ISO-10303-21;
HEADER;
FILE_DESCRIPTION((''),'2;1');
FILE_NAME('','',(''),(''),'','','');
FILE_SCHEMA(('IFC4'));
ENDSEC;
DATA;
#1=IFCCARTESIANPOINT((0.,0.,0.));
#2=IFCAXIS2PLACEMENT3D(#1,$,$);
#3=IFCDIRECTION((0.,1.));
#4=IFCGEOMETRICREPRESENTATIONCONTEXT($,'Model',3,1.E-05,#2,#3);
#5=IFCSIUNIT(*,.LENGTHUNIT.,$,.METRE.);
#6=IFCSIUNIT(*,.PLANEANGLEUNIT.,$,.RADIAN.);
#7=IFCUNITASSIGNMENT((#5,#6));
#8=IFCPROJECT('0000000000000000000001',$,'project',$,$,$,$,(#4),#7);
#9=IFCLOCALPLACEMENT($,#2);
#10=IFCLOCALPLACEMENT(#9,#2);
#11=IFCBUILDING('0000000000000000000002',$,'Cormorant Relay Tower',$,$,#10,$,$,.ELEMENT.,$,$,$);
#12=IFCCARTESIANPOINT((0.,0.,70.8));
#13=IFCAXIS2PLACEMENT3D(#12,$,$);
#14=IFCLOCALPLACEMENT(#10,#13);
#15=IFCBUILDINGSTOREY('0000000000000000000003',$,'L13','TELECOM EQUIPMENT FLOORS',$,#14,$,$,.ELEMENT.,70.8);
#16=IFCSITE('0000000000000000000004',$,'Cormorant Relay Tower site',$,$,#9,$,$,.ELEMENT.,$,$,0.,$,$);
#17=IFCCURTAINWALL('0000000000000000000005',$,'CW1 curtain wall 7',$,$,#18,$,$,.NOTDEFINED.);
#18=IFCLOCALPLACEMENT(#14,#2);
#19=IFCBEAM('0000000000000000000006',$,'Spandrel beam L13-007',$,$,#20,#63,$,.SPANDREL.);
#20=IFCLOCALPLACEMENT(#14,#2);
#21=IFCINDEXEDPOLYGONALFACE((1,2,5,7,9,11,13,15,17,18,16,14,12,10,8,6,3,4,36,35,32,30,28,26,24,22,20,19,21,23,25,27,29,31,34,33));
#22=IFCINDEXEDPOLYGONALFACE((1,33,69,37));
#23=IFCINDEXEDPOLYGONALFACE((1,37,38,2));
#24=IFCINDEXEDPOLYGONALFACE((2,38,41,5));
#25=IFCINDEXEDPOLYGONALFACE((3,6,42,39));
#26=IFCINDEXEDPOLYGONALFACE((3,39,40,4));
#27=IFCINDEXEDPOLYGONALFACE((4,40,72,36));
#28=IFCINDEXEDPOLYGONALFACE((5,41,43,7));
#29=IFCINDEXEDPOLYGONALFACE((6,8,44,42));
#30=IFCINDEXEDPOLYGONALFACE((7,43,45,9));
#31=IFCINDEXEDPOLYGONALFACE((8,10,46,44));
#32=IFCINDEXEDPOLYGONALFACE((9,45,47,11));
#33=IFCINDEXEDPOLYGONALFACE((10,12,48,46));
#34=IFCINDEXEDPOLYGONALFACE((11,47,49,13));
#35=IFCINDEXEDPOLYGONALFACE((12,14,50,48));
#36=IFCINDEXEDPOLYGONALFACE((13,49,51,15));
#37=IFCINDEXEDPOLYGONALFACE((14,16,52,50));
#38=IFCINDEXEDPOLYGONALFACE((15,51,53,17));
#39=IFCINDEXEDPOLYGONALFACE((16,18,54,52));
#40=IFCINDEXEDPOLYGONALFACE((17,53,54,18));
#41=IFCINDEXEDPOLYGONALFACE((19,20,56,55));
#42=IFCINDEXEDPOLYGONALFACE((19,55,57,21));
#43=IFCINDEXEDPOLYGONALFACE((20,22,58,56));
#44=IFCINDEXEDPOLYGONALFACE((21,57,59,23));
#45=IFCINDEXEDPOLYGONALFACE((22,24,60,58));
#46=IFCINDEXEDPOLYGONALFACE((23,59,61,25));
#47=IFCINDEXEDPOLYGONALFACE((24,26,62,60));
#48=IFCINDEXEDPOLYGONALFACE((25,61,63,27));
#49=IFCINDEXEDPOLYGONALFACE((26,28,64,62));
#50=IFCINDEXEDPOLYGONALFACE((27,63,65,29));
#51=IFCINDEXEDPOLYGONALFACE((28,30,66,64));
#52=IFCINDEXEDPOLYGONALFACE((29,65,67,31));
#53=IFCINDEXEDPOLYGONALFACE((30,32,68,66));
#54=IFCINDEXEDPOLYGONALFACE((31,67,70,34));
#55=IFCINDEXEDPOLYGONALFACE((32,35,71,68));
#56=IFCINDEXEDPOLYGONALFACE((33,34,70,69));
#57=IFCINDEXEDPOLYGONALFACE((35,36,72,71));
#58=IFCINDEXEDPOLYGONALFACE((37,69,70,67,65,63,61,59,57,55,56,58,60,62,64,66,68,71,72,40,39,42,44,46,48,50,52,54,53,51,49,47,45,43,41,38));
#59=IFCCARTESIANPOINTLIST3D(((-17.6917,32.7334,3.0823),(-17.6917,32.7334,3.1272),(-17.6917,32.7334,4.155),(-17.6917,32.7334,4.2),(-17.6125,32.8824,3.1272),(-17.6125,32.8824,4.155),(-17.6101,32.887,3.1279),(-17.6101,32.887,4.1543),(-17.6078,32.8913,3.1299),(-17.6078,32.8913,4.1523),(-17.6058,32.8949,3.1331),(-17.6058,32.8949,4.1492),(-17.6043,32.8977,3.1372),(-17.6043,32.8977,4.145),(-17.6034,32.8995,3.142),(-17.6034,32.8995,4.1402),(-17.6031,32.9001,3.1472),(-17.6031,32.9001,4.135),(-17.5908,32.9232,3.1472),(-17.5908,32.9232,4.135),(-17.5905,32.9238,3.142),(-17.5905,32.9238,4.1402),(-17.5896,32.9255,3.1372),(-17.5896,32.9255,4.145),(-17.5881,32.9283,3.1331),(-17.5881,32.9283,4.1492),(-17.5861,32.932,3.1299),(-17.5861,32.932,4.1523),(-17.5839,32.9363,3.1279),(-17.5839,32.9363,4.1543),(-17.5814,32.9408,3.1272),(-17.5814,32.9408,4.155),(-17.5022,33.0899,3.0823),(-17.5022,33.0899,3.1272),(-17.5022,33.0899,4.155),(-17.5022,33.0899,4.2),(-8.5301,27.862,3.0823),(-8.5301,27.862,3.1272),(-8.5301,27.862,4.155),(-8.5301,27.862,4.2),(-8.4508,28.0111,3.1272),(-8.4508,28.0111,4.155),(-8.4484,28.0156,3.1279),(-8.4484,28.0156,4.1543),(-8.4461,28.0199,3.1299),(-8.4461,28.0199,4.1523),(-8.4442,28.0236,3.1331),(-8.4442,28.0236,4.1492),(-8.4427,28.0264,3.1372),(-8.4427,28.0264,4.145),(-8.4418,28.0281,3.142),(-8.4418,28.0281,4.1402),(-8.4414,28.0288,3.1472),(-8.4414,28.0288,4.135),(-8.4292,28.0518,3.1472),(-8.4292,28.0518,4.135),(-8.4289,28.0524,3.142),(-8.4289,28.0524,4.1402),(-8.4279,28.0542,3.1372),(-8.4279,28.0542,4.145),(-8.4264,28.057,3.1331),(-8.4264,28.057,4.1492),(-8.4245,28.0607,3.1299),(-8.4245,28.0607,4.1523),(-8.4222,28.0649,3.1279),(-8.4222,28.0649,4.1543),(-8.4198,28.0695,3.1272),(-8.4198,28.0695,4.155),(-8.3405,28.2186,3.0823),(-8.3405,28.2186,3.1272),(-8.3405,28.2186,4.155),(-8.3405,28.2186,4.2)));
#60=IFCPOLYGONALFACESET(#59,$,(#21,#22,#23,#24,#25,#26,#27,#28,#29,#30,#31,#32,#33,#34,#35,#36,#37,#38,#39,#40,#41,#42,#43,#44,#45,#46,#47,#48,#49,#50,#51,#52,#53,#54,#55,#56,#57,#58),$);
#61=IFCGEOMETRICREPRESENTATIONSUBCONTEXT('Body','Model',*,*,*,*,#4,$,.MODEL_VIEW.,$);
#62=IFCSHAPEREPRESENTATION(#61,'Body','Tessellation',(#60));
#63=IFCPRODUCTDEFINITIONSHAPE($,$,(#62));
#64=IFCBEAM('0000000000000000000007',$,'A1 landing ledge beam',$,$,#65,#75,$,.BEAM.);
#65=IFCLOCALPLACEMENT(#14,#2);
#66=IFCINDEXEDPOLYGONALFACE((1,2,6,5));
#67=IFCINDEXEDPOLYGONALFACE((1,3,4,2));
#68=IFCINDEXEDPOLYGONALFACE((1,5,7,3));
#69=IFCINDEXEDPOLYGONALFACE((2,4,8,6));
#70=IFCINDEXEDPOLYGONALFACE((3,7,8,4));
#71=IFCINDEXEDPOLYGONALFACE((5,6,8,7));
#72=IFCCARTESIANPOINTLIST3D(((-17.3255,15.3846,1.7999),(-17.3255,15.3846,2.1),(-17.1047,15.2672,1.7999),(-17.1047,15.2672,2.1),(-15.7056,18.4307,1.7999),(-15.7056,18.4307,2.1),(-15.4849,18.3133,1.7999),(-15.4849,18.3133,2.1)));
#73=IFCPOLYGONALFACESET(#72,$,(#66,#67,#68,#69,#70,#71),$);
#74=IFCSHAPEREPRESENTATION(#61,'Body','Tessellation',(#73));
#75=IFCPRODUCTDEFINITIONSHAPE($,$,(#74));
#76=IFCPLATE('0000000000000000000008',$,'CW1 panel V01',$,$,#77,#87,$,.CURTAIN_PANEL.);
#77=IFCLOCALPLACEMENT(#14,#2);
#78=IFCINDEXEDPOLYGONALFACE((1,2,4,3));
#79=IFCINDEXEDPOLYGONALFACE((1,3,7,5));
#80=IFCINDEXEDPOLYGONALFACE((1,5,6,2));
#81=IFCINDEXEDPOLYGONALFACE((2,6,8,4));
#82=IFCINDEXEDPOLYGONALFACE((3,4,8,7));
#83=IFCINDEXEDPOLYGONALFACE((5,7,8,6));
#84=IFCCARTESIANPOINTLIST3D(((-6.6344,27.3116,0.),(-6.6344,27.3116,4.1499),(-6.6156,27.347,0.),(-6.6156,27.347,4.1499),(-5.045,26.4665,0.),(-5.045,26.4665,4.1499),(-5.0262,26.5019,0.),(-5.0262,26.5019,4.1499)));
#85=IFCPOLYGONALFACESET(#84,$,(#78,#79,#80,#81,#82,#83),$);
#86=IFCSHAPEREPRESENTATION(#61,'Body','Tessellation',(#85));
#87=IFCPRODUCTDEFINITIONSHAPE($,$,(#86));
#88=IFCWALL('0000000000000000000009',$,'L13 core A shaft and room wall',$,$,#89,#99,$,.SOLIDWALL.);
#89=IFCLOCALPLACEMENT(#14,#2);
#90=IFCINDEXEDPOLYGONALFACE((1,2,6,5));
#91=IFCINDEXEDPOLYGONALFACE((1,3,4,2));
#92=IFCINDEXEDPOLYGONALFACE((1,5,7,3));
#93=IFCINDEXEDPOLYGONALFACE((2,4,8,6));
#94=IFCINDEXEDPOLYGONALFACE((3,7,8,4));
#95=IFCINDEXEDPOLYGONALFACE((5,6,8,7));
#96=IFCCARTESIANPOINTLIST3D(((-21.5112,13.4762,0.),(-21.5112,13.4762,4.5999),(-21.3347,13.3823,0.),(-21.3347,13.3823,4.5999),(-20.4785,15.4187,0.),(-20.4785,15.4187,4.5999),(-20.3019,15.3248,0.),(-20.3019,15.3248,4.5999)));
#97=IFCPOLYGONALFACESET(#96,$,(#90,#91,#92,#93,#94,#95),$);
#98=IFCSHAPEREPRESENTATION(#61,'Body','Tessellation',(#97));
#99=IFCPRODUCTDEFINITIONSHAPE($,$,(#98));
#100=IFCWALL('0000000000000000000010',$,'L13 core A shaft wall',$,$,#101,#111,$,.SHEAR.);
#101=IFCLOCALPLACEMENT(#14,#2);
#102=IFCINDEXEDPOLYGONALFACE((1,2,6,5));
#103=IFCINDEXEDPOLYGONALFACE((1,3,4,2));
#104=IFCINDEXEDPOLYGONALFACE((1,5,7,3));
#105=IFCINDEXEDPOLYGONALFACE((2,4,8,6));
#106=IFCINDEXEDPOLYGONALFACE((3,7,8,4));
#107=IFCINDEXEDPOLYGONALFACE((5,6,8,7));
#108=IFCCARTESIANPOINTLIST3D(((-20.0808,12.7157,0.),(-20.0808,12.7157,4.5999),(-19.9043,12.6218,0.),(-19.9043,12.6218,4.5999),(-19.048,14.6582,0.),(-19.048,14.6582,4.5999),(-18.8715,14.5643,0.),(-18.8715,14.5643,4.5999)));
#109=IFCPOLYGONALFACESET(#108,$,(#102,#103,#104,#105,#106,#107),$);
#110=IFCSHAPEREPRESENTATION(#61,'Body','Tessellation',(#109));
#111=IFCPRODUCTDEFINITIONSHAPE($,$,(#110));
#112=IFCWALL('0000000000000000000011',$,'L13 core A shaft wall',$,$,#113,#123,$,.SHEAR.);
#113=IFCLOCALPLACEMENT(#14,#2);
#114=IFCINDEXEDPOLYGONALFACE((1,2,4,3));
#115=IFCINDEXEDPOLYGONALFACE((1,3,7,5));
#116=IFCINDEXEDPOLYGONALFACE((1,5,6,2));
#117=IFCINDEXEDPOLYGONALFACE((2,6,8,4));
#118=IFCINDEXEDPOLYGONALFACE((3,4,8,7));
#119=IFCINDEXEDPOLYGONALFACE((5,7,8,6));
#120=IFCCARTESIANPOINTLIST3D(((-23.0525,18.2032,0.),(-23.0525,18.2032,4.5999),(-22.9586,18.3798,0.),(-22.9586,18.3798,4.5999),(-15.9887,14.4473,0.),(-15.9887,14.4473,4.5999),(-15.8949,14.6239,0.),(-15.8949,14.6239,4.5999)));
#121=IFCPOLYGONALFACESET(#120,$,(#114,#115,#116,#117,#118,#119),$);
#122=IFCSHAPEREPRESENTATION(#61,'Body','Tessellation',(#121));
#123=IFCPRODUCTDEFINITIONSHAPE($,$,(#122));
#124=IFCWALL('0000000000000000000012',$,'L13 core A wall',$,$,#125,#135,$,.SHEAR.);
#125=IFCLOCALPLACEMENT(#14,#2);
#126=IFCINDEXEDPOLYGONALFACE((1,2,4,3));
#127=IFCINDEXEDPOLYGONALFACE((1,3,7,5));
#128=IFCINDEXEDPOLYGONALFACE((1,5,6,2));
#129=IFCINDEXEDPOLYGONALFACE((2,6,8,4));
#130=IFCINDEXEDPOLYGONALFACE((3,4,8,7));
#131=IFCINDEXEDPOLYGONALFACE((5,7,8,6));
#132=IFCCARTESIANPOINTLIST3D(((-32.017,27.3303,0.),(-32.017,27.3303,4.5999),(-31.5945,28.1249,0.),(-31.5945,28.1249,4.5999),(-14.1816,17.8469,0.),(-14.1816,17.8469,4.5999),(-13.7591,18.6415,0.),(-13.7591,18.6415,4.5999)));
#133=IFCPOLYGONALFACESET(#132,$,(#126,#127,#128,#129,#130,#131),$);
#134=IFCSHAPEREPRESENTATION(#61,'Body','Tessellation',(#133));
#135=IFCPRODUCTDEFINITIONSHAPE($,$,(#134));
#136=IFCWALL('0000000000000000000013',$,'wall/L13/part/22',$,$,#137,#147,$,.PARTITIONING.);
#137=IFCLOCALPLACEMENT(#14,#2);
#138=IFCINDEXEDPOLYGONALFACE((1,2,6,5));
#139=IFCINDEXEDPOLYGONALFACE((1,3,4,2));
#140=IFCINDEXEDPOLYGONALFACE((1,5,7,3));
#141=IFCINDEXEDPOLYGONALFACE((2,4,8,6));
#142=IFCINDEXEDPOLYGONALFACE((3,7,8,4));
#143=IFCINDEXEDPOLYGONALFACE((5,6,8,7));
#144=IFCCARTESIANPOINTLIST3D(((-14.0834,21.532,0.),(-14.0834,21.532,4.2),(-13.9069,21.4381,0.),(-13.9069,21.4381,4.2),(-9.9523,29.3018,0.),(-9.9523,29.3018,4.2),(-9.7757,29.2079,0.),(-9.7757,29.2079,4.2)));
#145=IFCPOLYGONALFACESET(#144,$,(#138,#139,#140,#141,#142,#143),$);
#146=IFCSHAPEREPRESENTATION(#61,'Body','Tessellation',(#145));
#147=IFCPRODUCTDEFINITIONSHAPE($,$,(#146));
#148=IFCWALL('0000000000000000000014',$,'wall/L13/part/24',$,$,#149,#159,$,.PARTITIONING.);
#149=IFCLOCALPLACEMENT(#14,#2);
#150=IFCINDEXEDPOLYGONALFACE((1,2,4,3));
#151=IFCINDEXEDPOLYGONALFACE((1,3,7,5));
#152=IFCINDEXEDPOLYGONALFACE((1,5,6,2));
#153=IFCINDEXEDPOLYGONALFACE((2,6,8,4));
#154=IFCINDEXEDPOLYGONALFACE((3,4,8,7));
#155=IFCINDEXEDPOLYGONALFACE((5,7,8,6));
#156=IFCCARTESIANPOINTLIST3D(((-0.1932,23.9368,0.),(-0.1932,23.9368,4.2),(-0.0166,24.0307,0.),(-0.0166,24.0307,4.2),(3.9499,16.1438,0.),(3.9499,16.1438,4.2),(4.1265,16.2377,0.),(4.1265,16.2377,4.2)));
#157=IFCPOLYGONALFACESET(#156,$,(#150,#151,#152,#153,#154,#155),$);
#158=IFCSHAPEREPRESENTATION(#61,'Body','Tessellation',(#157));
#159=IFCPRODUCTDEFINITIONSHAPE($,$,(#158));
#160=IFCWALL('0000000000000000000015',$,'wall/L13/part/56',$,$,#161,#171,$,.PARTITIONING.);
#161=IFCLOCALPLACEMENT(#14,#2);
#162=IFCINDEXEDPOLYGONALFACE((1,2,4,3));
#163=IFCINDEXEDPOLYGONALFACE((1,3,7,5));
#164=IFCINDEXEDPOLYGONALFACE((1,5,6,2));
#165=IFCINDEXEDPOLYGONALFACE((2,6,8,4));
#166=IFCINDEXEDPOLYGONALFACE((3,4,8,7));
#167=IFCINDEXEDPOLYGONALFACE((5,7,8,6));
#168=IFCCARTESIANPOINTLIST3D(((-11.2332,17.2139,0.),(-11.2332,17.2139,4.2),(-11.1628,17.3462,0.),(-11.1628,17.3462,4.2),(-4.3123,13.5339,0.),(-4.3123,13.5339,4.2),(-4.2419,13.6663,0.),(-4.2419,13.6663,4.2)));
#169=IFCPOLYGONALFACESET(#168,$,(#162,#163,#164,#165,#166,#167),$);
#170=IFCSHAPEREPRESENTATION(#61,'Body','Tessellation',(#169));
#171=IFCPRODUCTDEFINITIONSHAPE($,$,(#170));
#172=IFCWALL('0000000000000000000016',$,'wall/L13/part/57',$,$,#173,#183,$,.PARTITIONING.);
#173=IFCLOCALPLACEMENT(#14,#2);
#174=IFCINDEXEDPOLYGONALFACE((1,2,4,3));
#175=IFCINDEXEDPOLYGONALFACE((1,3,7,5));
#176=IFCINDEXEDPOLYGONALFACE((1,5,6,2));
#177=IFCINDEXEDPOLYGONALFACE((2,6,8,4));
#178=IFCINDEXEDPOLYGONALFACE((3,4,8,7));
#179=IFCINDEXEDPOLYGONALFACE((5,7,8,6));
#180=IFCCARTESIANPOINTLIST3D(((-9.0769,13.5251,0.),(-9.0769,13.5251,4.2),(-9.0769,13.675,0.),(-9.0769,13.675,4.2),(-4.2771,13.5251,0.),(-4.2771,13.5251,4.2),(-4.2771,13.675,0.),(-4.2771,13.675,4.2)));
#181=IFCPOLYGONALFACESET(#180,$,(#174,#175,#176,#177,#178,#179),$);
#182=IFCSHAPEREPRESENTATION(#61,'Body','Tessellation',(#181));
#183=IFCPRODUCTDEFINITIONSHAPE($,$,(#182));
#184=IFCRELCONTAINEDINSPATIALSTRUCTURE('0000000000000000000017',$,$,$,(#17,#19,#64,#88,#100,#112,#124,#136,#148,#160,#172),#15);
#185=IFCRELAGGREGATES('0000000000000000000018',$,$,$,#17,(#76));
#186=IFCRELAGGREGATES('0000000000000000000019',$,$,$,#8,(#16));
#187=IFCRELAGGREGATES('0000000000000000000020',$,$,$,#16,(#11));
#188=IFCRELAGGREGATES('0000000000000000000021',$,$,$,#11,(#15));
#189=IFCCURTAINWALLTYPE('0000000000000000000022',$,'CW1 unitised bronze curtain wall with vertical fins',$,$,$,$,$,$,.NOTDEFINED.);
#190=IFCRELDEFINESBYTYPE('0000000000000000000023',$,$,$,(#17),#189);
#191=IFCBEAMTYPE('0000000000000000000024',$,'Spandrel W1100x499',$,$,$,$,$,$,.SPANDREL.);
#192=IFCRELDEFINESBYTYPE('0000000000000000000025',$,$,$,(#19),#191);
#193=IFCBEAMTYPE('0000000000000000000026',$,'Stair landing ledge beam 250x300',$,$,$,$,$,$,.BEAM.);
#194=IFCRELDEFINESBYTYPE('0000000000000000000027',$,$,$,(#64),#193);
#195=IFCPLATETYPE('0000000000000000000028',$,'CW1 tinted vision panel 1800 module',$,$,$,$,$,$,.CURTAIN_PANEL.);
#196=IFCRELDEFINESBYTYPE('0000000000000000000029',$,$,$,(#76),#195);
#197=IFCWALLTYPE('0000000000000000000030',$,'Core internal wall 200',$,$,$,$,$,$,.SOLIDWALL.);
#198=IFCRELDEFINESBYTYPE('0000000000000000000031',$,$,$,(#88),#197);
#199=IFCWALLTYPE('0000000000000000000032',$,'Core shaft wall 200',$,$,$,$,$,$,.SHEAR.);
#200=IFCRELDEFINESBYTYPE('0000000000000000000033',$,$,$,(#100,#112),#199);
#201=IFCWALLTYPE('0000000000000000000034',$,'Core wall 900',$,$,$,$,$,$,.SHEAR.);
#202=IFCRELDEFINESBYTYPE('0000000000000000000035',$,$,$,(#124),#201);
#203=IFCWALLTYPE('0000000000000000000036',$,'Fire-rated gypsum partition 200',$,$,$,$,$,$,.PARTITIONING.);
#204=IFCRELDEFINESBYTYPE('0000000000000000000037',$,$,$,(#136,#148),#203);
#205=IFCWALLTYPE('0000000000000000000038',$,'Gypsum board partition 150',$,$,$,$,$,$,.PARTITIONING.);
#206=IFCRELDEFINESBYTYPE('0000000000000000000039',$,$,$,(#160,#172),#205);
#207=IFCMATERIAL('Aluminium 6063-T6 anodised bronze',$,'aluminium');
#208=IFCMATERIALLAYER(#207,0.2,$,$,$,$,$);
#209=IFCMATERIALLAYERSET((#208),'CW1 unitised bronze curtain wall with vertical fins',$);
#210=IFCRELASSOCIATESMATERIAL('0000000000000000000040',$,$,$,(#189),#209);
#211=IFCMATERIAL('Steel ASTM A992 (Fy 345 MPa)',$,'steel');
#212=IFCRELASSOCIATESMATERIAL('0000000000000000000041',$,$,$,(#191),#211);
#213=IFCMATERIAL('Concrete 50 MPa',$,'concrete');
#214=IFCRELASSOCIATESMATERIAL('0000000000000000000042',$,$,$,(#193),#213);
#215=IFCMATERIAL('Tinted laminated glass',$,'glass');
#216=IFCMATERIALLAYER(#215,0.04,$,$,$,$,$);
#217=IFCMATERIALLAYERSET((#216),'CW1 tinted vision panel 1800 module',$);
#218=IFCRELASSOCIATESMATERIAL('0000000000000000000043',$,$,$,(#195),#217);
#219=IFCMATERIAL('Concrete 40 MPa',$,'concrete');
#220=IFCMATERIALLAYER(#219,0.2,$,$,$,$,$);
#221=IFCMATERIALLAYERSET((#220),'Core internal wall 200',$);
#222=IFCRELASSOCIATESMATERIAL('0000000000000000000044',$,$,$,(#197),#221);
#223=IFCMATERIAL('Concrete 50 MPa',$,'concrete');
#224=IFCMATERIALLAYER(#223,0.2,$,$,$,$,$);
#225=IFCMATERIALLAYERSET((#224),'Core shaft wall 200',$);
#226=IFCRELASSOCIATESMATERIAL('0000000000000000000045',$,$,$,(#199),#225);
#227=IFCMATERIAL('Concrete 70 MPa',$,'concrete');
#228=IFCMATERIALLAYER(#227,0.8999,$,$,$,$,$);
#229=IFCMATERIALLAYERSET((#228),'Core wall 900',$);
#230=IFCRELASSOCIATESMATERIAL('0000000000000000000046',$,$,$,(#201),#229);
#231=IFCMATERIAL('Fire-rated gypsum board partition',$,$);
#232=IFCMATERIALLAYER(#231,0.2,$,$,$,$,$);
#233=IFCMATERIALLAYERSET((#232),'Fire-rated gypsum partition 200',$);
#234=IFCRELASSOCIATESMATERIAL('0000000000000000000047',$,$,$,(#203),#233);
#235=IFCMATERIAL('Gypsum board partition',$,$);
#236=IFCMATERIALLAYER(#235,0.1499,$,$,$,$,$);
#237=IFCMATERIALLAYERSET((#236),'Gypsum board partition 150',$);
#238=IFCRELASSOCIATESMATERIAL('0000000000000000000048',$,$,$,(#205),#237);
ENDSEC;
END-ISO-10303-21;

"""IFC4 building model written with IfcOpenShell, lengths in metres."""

from ifc_helpers import new_model, si_unit, direction, frame, frame_2d, origin, origin_2d, place, context, subcontext, project, spatial, rectangle, i_section, extrude, material, layer, layer_set, material_profile, profile_set, type_object, element, aggregate, save


model = new_model("IFC4")

# Units and contexts
model_context = context("Model", 3, precision=1e-05, world=origin(), true_north=direction((0.0, 1.0)))
body_context = subcontext(model_context, "Body", "Model", "MODEL_VIEW")
ifc_project = project(units=[si_unit("LENGTHUNIT", "METRE"), si_unit("PLANEANGLEUNIT", "RADIAN")], contexts=[model_context])

# Site, building, storey
site_placement = place(None, origin())
site = spatial("IfcSite", under=ifc_project, at=site_placement, Name="Cormorant Relay Tower site", CompositionType="ELEMENT", RefElevation=0.0)
building_placement = place(site_placement, origin())
building = spatial("IfcBuilding", under=site, at=building_placement, Name="Cormorant Relay Tower", CompositionType="ELEMENT")
storey_placement = place(building_placement, frame((0.0, 0.0, 70.8)))
storey = spatial("IfcBuildingStorey", under=building, at=storey_placement, Name="L13", Description="TELECOM EQUIPMENT FLOORS", CompositionType="ELEMENT", Elevation=70.8)

# Curtain wall
ifc_material_1 = material(Name="Aluminium 6063-T6 anodised bronze", Category="aluminium")
ifc_layer_1 = layer(ifc_material_1, 0.2)
ifc_layer_set_1 = layer_set([ifc_layer_1], Name="CW1 unitised bronze curtain wall with vertical fins")
curtain_wall_type = type_object("IfcCurtainWallType", Name="CW1 unitised bronze curtain wall with vertical fins", PredefinedType="NOTDEFINED", material=ifc_layer_set_1)
curtain_wall_placement = place(storey_placement, origin())
curtain_wall = element("IfcCurtainWall", 1, at=curtain_wall_placement, inside=storey, type_object=curtain_wall_type, Name="CW1 curtain wall 7", PredefinedType="NOTDEFINED")

# Beams
ifc_material_2 = material(Name="Steel ASTM A992 (Fy 345 MPa)", Category="steel")
ifc_material_profile_1 = material_profile(ifc_material_2, i_section(OverallWidth=0.4038, OverallDepth=1.1177, WebThickness=0.0261, FlangeThickness=0.0449, FilletRadius=0.02, at=origin_2d()), Name="W1100x499")
ifc_profile_set_1 = profile_set([ifc_material_profile_1], Name="Steel ASTM A992 (Fy 345 MPa)")
beam_type_1 = type_object("IfcBeamType", Name="Spandrel W1100x499", PredefinedType="SPANDREL", material=ifc_profile_set_1)
beam_1_placement = place(storey_placement, frame((-8.4353, 28.0403, 3.6411), z_axis=(-0.882947, 0.469473, 0.0), x_axis=(-0.469473, -0.882947, 0.0)))
element("IfcBeam", 2, at=beam_1_placement, inside=storey, type_object=beam_type_1, Name="Spandrel beam L13-007", PredefinedType="SPANDREL", context=body_context, shape_type="SweptSolid", body=[
    extrude(i_section(OverallWidth=0.4038, OverallDepth=1.1177, WebThickness=0.0261, FlangeThickness=0.0449, FilletRadius=0.02, at=origin_2d()), origin(), (0.0, 0.0, 1.0), 10.3762),
])
ifc_material_3 = material(Name="Concrete 50 MPa", Category="concrete")
ifc_material_profile_2 = material_profile(ifc_material_3, rectangle(XDim=0.25, YDim=0.3, at=origin_2d()), Name="RC 250x300")
ifc_profile_set_2 = profile_set([ifc_material_profile_2], Name="Concrete 50 MPa")
beam_type_2 = type_object("IfcBeamType", Name="Stair landing ledge beam 250x300", PredefinedType="BEAM", material=ifc_profile_set_2)
beam_2_placement = place(storey_placement, frame((-17.2151, 15.3259, 1.95), z_axis=(0.469519, 0.882922, 0.0), x_axis=(-0.882922, 0.469519, 0.0)))
element("IfcBeam", 3, at=beam_2_placement, inside=storey, type_object=beam_type_2, Name="A1 landing ledge beam", PredefinedType="BEAM", context=body_context, shape_type="SweptSolid", body=[
    extrude(rectangle(XDim=0.25, YDim=0.3, at=origin_2d()), origin(), (0.0, 0.0, 1.0), 3.45),
])

# Plate
ifc_material_4 = material(Name="Tinted laminated glass", Category="glass")
ifc_layer_2 = layer(ifc_material_4, 0.04)
ifc_layer_set_2 = layer_set([ifc_layer_2], Name="CW1 tinted vision panel 1800 module")
plate_type = type_object("IfcPlateType", Name="CW1 tinted vision panel 1800 module", PredefinedType="CURTAIN_PANEL", material=ifc_layer_set_2)
plate_placement = place(storey_placement, frame((-5.8303, 26.9067, 0.0), z_axis=(0.0, 0.0, 1.0), x_axis=(-0.882948, 0.469472, 0.0)))
plate = element("IfcPlate", 4, at=plate_placement, type_object=plate_type, Name="CW1 panel V01", PredefinedType="CURTAIN_PANEL", context=body_context, shape_type="SweptSolid", body=[
    extrude(rectangle(XDim=1.8, YDim=0.04, at=origin_2d()), origin(), (0.0, 0.0, 1.0), 4.1499),
])

# Walls
ifc_material_5 = material(Name="Concrete 40 MPa", Category="concrete")
ifc_layer_3 = layer(ifc_material_5, 0.2)
ifc_layer_set_3 = layer_set([ifc_layer_3], Name="Core internal wall 200")
wall_type_1 = type_object("IfcWallType", Name="Core internal wall 200", PredefinedType="SOLIDWALL", material=ifc_layer_set_3)
wall_1_placement = place(storey_placement, frame((-20.3901, 15.3718, 0.0), z_axis=(0.0, 0.0, 1.0), x_axis=(-0.469447, -0.88296, 0.0)))
element("IfcWall", 5, at=wall_1_placement, inside=storey, type_object=wall_type_1, Name="L13 core A shaft and room wall", PredefinedType="SOLIDWALL", context=body_context, shape_type="SweptSolid", body=[
    extrude(rectangle(XDim=2.2, YDim=0.2, at=frame_2d((1.1001, 0.0))), origin(), (0.0, 0.0, 1.0), 4.5999),
])
ifc_material_6 = material(Name="Concrete 50 MPa", Category="concrete")
ifc_layer_4 = layer(ifc_material_6, 0.2)
ifc_layer_set_4 = layer_set([ifc_layer_4], Name="Core shaft wall 200")
wall_type_2 = type_object("IfcWallType", Name="Core shaft wall 200", PredefinedType="SHEAR", material=ifc_layer_set_4)
wall_2_placement = place(storey_placement, frame((-18.9597, 14.6113, 0.0), z_axis=(0.0, 0.0, 1.0), x_axis=(-0.469447, -0.88296, 0.0)))
element("IfcWall", 6, at=wall_2_placement, inside=storey, type_object=wall_type_2, Name="L13 core A shaft wall", PredefinedType="SHEAR", context=body_context, shape_type="SweptSolid", body=[
    extrude(rectangle(XDim=2.2, YDim=0.2, at=frame_2d((1.1001, 0.0))), origin(), (0.0, 0.0, 1.0), 4.5999),
])
wall_3_placement = place(storey_placement, frame((-15.9419, 14.5356, 0.0), z_axis=(0.0, 0.0, 1.0), x_axis=(-0.882947, 0.469473, 0.0)))
element("IfcWall", 7, at=wall_3_placement, inside=storey, type_object=wall_type_2, Name="L13 core A shaft wall", PredefinedType="SHEAR", context=body_context, shape_type="SweptSolid", body=[
    extrude(rectangle(XDim=8.0002, YDim=0.2, at=frame_2d((4.0, 0.0))), origin(), (0.0, 0.0, 1.0), 4.5999),
])

# Shared definitions
ifc_material_7 = material(Name="Concrete 70 MPa", Category="concrete")
ifc_layer_5 = layer(ifc_material_7, 0.8999)
ifc_layer_set_5 = layer_set([ifc_layer_5], Name="Core wall 900")
wall_type_3 = type_object("IfcWallType", Name="Core wall 900", PredefinedType="SHEAR", material=ifc_layer_set_5)

# Walls
wall_4_placement = place(storey_placement, frame((-13.9702, 18.2441, 0.0), z_axis=(0.0, 0.0, 1.0), x_axis=(-0.882945, 0.469476, 0.0)))
element("IfcWall", 8, at=wall_4_placement, inside=storey, type_object=wall_type_3, Name="L13 core A wall", PredefinedType="SHEAR", context=body_context, shape_type="SweptSolid", body=[
    extrude(rectangle(XDim=20.2, YDim=0.8999, at=frame_2d((10.1001, 0.0))), origin(), (0.0, 0.0, 1.0), 4.5999),
])
ifc_material_8 = material(Name="Fire-rated gypsum board partition")
ifc_layer_6 = layer(ifc_material_8, 0.2)
ifc_layer_set_6 = layer_set([ifc_layer_6], Name="Fire-rated gypsum partition 200")
wall_type_4 = type_object("IfcWallType", Name="Fire-rated gypsum partition 200", PredefinedType="PARTITIONING", material=ifc_layer_set_6)
wall_5_placement = place(storey_placement, frame((-9.864, 29.2549, 0.0), z_axis=(0.0, 0.0, 1.0), x_axis=(-0.469457, -0.882955, 0.0)))
element("IfcWall", 9, at=wall_5_placement, inside=storey, type_object=wall_type_4, Name="wall/L13/part/22", PredefinedType="PARTITIONING", context=body_context, shape_type="SweptSolid", body=[
    extrude(rectangle(XDim=8.7998, YDim=0.2, at=frame_2d((4.3999, 0.0))), origin(), (0.0, 0.0, 1.0), 4.2),
])
wall_6_placement = place(storey_placement, frame((-0.105, 23.9839, 0.0), z_axis=(0.0, 0.0, 1.0), x_axis=(0.469425, -0.882972, 0.0)))
element("IfcWall", 10, at=wall_6_placement, inside=storey, type_object=wall_type_4, Name="wall/L13/part/24", PredefinedType="PARTITIONING", context=body_context, shape_type="SweptSolid", body=[
    extrude(rectangle(XDim=8.8259, YDim=0.2, at=frame_2d((4.4131, 0.0))), origin(), (0.0, 0.0, 1.0), 4.2),
])
ifc_material_9 = material(Name="Gypsum board partition")
ifc_layer_7 = layer(ifc_material_9, 0.1499)
ifc_layer_set_7 = layer_set([ifc_layer_7], Name="Gypsum board partition 150")
wall_type_5 = type_object("IfcWallType", Name="Gypsum board partition 150", PredefinedType="PARTITIONING", material=ifc_layer_set_7)
wall_7_placement = place(storey_placement, frame((-11.198, 17.28, 0.0), z_axis=(0.0, 0.0, 1.0), x_axis=(0.882946, -0.469474, 0.0)))
element("IfcWall", 11, at=wall_7_placement, inside=storey, type_object=wall_type_5, Name="wall/L13/part/56", PredefinedType="PARTITIONING", context=body_context, shape_type="SweptSolid", body=[
    extrude(rectangle(XDim=7.8384, YDim=0.1499, at=frame_2d((3.9192, 0.0))), origin(), (0.0, 0.0, 1.0), 4.2),
])
wall_8_placement = place(storey_placement, frame((-4.2771, 13.6001, 0.0), z_axis=(0.0, 0.0, 1.0), x_axis=(-1.0, 0.0, 0.0)))
element("IfcWall", 12, at=wall_8_placement, inside=storey, type_object=wall_type_5, Name="wall/L13/part/57", PredefinedType="PARTITIONING", context=body_context, shape_type="SweptSolid", body=[
    extrude(rectangle(XDim=4.7998, YDim=0.1499, at=frame_2d((2.3999, 0.0))), origin(), (0.0, 0.0, 1.0), 4.2),
])

aggregate(curtain_wall, [plate])

save(model, "model.ifc")
